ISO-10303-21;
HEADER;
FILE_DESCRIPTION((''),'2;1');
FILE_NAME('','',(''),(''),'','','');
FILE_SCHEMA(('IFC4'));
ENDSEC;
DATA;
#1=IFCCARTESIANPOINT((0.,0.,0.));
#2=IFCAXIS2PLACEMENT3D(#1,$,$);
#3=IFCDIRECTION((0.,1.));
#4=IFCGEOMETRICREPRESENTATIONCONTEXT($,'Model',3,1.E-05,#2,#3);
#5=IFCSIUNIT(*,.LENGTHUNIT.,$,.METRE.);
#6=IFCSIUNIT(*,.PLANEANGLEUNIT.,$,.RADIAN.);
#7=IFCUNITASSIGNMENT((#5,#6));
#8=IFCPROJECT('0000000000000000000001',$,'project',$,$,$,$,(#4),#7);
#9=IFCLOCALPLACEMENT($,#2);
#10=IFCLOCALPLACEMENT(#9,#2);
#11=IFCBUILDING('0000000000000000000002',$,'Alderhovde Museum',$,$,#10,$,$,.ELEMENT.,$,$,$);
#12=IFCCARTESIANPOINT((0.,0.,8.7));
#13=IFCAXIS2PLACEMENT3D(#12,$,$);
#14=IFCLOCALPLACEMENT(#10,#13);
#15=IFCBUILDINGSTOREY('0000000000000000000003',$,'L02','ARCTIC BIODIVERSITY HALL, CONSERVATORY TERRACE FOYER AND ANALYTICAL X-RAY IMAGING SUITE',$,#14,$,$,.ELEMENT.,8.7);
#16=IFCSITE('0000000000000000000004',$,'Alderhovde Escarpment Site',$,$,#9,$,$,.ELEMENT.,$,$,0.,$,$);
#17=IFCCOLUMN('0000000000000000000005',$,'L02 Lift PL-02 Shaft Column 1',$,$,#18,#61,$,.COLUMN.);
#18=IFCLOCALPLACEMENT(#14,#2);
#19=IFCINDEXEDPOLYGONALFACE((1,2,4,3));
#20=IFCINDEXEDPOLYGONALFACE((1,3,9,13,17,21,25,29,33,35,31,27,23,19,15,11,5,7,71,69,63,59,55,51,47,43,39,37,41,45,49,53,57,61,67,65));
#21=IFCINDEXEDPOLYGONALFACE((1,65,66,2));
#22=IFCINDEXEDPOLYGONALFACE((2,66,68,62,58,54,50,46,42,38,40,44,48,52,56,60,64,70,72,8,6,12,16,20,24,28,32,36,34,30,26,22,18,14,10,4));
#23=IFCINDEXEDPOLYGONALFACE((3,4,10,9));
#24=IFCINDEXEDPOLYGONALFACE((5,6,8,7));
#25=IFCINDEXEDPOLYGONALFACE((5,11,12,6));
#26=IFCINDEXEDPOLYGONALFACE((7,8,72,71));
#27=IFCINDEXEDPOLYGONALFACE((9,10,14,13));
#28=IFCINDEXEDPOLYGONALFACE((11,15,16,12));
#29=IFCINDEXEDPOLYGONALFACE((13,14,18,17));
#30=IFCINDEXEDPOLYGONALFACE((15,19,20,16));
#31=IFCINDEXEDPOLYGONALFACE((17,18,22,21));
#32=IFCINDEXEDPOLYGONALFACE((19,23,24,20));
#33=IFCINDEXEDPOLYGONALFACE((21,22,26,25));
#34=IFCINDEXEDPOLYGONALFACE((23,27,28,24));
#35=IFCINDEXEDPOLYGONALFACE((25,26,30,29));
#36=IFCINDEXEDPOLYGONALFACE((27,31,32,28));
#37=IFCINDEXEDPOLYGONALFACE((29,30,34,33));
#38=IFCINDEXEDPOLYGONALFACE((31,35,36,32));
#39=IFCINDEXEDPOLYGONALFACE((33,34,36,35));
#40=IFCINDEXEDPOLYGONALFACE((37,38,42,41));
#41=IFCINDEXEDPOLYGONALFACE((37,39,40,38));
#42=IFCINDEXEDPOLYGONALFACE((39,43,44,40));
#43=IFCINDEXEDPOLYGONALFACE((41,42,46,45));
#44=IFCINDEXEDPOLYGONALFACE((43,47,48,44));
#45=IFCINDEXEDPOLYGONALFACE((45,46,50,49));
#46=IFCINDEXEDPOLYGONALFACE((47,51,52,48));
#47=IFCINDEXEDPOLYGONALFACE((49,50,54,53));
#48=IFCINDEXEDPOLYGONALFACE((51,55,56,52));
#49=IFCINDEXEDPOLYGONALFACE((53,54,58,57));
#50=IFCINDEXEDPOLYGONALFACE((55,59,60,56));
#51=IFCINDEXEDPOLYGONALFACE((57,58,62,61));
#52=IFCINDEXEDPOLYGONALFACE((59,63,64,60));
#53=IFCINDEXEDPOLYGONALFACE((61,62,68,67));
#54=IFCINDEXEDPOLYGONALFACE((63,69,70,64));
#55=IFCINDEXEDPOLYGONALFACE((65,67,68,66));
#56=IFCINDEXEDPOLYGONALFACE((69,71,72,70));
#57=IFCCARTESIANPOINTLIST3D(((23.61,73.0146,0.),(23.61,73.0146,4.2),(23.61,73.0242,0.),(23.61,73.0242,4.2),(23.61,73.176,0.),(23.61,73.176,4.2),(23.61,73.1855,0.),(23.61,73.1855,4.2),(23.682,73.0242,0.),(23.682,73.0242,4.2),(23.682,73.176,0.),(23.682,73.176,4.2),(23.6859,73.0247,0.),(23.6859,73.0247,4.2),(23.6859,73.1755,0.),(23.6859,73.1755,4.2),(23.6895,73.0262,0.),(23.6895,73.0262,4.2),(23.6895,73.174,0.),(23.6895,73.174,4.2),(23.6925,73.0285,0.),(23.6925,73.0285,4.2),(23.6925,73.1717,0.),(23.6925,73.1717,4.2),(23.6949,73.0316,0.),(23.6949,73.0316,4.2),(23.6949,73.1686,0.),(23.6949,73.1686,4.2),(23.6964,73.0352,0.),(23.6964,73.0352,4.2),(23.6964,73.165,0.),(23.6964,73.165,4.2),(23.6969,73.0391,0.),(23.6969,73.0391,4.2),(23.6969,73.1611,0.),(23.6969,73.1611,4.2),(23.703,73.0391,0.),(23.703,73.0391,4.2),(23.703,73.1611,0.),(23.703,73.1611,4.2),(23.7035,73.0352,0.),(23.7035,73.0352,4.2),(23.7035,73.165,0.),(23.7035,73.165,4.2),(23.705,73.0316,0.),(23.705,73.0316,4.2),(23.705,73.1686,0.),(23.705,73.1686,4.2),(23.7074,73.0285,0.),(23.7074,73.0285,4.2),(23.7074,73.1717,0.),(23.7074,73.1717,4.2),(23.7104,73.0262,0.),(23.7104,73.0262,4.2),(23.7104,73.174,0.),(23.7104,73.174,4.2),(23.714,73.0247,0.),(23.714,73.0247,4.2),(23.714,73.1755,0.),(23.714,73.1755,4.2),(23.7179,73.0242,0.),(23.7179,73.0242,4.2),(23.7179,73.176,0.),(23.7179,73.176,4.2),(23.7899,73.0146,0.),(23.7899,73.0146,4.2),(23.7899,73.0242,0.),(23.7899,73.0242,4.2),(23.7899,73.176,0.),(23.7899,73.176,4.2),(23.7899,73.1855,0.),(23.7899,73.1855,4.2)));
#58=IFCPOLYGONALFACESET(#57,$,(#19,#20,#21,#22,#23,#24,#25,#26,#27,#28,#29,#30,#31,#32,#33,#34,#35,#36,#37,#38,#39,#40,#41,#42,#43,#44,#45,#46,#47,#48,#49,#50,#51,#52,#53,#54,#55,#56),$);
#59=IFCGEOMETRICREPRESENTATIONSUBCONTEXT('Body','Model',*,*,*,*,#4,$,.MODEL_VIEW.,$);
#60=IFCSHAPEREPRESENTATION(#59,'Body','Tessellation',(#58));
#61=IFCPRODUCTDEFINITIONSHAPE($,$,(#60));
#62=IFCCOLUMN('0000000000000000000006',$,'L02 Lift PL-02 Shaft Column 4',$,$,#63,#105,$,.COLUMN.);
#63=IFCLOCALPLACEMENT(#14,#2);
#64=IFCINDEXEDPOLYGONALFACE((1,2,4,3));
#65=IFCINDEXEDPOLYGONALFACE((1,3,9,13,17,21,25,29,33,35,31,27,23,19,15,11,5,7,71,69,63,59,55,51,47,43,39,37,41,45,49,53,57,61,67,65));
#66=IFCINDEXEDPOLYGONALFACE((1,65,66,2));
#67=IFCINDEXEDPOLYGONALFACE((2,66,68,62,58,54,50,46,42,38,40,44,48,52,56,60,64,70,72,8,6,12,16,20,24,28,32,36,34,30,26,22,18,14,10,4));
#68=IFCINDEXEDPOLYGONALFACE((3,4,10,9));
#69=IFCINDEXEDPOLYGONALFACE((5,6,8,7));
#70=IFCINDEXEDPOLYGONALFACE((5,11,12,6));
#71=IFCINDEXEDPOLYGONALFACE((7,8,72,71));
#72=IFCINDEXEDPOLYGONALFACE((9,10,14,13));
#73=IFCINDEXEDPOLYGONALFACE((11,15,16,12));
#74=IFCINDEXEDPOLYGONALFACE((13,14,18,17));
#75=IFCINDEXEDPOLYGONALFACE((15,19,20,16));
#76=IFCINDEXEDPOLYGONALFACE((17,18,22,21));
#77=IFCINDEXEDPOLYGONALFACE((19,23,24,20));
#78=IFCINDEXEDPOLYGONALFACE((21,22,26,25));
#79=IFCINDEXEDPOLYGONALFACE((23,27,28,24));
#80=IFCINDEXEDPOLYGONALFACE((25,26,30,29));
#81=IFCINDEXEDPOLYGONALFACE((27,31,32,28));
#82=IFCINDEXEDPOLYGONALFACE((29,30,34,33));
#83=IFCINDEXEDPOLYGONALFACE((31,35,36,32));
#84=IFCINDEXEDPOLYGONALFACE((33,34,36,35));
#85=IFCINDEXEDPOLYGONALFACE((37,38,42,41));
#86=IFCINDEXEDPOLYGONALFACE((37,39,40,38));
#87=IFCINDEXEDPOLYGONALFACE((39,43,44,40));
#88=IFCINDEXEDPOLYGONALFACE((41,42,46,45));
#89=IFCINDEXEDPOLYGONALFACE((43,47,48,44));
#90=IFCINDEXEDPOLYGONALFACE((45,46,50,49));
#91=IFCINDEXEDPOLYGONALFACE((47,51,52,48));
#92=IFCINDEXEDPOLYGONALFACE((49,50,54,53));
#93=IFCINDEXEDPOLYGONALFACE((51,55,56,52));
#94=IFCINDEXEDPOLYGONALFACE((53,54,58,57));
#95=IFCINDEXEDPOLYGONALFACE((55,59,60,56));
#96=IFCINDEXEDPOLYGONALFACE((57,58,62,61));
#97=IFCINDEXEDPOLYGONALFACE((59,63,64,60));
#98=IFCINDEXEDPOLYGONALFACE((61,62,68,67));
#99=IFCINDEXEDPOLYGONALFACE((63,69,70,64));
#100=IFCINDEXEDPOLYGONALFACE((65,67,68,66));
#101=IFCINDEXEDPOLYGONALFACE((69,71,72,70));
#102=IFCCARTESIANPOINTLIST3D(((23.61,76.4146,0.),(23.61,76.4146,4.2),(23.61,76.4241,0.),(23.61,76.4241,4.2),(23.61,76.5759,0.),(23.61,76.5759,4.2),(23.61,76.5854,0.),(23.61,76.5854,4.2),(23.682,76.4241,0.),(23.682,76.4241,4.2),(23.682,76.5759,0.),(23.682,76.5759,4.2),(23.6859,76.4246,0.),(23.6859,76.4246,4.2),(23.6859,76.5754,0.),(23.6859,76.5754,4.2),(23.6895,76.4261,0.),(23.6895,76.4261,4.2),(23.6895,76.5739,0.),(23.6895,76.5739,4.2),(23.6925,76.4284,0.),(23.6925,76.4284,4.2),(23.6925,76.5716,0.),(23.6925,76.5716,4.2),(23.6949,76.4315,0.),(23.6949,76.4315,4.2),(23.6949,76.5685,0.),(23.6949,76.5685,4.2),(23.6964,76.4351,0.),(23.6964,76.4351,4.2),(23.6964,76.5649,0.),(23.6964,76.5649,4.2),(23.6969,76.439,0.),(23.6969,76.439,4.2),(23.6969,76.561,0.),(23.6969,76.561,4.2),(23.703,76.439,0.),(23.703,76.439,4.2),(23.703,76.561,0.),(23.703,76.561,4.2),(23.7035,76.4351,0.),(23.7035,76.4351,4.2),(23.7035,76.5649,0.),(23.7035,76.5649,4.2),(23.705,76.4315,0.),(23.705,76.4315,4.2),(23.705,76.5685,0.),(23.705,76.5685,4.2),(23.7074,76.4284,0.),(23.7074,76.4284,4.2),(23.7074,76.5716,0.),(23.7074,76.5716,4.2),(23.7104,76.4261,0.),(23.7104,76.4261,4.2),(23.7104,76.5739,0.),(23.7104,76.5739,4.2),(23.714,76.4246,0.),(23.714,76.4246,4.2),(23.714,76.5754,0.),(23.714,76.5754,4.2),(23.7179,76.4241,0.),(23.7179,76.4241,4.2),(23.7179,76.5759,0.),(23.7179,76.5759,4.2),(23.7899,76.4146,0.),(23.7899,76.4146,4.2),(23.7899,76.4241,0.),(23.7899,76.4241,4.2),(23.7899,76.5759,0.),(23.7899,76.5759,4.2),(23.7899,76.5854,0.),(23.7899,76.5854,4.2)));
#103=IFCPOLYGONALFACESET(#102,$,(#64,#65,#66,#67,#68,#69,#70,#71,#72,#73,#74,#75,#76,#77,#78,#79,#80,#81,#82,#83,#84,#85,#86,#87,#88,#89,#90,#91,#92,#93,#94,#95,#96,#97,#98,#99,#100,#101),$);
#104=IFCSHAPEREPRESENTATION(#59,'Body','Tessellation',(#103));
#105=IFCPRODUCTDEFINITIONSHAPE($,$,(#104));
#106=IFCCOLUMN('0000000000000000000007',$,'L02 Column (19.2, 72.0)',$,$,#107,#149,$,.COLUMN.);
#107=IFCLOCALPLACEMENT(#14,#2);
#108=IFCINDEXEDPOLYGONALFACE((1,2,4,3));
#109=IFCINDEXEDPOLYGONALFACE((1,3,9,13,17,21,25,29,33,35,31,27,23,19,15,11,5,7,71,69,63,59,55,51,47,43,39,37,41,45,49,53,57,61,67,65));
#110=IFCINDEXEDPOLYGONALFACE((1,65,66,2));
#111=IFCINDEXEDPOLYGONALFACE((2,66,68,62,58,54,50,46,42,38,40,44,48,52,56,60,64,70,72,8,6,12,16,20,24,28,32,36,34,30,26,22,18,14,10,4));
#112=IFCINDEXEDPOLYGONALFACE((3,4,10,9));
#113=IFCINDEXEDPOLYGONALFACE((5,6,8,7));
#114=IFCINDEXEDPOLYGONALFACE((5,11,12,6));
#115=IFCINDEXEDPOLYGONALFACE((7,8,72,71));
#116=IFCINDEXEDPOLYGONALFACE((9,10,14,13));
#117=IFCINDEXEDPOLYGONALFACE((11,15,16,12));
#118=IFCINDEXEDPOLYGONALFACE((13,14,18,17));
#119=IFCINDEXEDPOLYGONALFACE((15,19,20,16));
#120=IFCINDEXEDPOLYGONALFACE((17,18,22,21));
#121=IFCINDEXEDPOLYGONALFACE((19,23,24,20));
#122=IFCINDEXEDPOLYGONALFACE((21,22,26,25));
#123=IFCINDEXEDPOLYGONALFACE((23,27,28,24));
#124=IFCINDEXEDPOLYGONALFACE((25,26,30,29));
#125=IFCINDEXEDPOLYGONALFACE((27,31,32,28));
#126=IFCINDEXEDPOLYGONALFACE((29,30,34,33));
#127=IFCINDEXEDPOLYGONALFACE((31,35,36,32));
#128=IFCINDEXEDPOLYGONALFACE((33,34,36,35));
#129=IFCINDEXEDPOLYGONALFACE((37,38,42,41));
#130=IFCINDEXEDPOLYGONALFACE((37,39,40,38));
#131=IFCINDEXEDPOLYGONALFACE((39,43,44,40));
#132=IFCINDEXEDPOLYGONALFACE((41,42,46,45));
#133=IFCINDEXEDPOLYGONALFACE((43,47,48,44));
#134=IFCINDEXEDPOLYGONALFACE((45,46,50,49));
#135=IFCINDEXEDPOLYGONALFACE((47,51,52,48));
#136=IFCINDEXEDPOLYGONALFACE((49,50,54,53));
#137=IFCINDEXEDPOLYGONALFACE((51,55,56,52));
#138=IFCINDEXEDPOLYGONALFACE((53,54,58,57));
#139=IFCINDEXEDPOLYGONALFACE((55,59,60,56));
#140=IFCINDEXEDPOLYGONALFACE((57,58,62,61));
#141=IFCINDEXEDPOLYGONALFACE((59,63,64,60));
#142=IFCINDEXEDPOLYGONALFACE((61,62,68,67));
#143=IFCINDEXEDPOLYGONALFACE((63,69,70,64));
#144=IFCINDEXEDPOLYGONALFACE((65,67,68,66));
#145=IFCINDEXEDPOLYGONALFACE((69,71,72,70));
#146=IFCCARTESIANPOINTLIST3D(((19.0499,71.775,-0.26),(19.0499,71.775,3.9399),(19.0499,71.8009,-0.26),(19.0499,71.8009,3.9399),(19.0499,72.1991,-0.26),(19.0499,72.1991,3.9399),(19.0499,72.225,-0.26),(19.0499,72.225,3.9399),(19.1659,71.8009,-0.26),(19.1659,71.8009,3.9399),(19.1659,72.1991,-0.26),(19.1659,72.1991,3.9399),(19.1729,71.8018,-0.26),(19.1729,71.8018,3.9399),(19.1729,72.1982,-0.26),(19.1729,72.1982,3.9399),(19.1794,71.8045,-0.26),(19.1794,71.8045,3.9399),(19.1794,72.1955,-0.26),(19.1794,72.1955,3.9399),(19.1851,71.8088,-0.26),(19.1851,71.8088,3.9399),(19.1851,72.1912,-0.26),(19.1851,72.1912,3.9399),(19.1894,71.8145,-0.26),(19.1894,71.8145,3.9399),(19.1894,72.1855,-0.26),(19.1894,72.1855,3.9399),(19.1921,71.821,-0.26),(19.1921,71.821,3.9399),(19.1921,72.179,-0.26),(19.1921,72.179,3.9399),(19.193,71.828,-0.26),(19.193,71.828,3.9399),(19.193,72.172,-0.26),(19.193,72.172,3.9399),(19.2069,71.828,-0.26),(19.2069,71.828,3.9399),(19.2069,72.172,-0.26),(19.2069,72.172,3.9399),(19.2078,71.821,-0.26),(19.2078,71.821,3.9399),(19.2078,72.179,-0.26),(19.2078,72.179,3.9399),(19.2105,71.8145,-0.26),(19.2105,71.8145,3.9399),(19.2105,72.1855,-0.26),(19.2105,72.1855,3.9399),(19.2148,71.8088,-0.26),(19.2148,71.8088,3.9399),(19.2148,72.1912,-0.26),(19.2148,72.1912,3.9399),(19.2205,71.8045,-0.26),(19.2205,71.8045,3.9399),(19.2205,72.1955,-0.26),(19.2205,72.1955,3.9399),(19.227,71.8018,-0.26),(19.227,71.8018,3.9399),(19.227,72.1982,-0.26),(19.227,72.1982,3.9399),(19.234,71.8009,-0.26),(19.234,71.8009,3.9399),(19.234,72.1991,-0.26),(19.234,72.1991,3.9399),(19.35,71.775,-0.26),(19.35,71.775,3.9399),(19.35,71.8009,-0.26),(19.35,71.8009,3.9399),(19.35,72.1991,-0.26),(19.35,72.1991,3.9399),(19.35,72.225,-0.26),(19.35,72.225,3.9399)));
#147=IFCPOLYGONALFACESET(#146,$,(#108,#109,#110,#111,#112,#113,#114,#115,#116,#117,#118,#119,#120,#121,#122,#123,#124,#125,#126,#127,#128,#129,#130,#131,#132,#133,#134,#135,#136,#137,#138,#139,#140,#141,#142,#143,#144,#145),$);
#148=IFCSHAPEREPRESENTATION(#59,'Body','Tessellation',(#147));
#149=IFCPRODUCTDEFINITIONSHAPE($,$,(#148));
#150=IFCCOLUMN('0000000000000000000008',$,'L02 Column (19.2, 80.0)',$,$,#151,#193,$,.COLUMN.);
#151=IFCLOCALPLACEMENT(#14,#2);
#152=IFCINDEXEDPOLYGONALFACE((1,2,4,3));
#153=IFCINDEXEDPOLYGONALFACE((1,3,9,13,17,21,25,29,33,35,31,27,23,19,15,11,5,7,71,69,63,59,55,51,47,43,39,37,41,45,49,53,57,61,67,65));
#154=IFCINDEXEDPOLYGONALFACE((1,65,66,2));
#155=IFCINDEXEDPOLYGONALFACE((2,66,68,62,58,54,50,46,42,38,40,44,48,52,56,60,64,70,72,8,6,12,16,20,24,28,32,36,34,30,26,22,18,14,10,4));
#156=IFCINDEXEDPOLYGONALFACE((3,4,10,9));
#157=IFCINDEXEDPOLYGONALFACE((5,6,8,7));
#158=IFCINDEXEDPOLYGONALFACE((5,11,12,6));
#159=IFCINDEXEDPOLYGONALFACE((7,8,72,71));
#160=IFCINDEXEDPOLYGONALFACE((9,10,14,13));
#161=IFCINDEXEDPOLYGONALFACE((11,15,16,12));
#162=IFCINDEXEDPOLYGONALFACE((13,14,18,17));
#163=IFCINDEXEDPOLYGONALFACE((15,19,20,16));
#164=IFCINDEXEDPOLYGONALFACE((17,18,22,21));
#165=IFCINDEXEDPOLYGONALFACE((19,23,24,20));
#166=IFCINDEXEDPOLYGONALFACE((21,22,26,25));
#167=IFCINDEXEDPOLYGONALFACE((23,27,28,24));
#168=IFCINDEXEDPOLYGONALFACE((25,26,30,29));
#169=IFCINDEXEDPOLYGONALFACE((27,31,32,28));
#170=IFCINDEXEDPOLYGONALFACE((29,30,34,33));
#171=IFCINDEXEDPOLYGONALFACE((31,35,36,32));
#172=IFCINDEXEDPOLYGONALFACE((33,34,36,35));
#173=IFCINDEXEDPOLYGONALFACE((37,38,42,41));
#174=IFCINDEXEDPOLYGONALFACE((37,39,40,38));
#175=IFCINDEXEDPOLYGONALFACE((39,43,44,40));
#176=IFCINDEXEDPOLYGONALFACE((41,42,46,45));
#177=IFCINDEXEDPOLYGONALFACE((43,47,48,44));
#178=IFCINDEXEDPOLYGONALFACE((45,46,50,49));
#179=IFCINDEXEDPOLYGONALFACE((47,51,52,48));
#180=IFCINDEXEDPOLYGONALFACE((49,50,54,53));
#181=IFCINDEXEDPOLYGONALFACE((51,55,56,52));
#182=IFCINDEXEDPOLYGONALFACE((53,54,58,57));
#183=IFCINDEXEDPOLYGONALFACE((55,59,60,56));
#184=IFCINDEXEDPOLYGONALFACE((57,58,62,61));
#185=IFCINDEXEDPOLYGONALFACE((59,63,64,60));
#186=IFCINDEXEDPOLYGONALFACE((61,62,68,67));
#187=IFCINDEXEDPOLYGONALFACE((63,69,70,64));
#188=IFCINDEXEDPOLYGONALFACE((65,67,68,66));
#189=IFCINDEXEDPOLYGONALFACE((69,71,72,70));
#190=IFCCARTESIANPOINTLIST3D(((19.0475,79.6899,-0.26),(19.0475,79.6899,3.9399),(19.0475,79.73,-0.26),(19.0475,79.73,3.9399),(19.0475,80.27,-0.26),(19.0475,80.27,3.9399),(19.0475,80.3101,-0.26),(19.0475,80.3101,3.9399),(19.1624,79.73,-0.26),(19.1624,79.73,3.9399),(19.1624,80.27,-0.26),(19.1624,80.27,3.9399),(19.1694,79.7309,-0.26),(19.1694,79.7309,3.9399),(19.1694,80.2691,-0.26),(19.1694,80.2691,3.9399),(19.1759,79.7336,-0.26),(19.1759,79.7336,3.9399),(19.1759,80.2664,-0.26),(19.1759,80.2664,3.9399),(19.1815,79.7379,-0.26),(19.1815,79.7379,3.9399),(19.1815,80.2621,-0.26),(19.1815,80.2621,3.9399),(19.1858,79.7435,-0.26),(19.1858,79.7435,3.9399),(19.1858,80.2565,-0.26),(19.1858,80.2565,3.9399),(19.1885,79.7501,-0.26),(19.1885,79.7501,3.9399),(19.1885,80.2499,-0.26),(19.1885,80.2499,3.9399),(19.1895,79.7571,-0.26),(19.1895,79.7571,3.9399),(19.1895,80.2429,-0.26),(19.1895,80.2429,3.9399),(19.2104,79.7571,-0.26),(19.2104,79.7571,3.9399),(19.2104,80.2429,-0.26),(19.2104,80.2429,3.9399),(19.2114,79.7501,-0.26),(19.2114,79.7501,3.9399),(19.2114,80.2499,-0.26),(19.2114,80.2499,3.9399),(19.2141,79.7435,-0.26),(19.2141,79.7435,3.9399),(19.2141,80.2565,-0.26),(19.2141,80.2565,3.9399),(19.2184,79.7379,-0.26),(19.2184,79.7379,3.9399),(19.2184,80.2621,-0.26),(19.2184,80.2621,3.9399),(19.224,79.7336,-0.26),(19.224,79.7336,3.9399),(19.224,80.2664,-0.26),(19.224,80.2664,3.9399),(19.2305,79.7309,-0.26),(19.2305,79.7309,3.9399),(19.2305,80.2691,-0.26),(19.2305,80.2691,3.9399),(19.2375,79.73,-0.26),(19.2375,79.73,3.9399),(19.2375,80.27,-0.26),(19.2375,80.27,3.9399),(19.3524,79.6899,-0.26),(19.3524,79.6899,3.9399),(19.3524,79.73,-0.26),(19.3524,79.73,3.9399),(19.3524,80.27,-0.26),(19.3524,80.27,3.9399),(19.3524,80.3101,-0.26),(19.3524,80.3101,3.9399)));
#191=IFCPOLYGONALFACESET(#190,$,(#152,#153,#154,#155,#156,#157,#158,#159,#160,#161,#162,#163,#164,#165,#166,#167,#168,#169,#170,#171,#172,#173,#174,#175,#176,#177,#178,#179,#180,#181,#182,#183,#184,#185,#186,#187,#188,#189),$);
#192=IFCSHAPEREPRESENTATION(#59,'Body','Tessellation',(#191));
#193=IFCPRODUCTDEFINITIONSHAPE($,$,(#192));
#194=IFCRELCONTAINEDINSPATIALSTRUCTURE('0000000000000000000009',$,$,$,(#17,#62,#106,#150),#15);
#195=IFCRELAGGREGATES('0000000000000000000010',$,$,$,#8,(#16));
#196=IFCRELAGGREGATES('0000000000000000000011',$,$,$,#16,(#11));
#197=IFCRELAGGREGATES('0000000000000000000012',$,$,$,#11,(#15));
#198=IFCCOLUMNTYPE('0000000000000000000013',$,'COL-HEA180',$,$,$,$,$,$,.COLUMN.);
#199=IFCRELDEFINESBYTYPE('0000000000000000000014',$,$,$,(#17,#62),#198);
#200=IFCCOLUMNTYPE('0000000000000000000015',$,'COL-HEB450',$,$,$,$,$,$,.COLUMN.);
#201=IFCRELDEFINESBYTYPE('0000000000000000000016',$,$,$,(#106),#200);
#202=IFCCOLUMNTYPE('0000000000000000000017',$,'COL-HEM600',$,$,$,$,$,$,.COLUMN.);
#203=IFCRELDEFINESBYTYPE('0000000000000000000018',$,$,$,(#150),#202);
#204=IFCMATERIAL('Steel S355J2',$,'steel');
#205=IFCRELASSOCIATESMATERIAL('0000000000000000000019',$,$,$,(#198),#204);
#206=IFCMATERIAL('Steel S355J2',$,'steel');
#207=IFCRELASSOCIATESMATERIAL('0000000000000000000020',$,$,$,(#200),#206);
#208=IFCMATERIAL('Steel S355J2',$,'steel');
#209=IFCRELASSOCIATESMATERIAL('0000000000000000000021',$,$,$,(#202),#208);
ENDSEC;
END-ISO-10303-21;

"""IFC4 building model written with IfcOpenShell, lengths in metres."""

from ifc_helpers import new_model, si_unit, direction, frame, origin, origin_2d, place, context, subcontext, project, spatial, i_section, extrude, material, material_profile, profile_set, type_object, element, save


model = new_model("IFC4")

# Units and contexts
model_context = context("Model", 3, precision=1e-05, world=origin(), true_north=direction((0.0, 1.0)))
body_context = subcontext(model_context, "Body", "Model", "MODEL_VIEW")
ifc_project = project(units=[si_unit("LENGTHUNIT", "METRE"), si_unit("PLANEANGLEUNIT", "RADIAN")], contexts=[model_context])

# Site, building, storey
site_placement = place(None, origin())
site = spatial("IfcSite", under=ifc_project, at=site_placement, Name="Alderhovde Escarpment Site", CompositionType="ELEMENT", RefElevation=0.0)
building_placement = place(site_placement, origin())
building = spatial("IfcBuilding", under=site, at=building_placement, Name="Alderhovde Museum", CompositionType="ELEMENT")
storey_placement = place(building_placement, frame((0.0, 0.0, 8.7)))
storey = spatial("IfcBuildingStorey", under=building, at=storey_placement, Name="L02", Description="ARCTIC BIODIVERSITY HALL, CONSERVATORY TERRACE FOYER AND ANALYTICAL X-RAY IMAGING SUITE", CompositionType="ELEMENT", Elevation=8.7)

# Columns
ifc_material_1 = material(Name="Steel S355J2", Category="steel")
ifc_material_profile_1 = material_profile(ifc_material_1, i_section(OverallWidth=0.1799, OverallDepth=0.1709, WebThickness=0.0061, FlangeThickness=0.0095, FilletRadius=0.0149, at=origin_2d()), Name="HEA 180")
ifc_profile_set_1 = profile_set([ifc_material_profile_1], Name="Steel S355J2")
column_type_1 = type_object("IfcColumnType", Name="COL-HEA180", PredefinedType="COLUMN", material=ifc_profile_set_1)
for number, where, z_axis, x_axis, name in (
    (1, (23.7, 73.1001, 0.0), (0.0, 0.0, 1.0), (1.0, 0.0, 0.0), "L02 Lift PL-02 Shaft Column 1"),
    (2, (23.7, 76.5, 0.0), (0.0, 0.0, 1.0), (1.0, 0.0, 0.0), "L02 Lift PL-02 Shaft Column 4"),
):
    element("IfcColumn", number, at=place(storey_placement, frame(where, z_axis=z_axis, x_axis=x_axis)), inside=storey, type_object=column_type_1, Name=name, PredefinedType="COLUMN", context=body_context, shape_type="SweptSolid", body=[
        extrude(i_section(OverallWidth=0.1799, OverallDepth=0.1709, WebThickness=0.0061, FlangeThickness=0.0095, FilletRadius=0.0149, at=origin_2d()), origin(), (0.0, 0.0, 1.0), 4.2),
    ])
ifc_material_2 = material(Name="Steel S355J2", Category="steel")
ifc_material_profile_2 = material_profile(ifc_material_2, i_section(OverallWidth=0.3, OverallDepth=0.45, WebThickness=0.0139, FlangeThickness=0.0259, FilletRadius=0.0271, at=origin_2d()), Name="HEB 450")
ifc_profile_set_2 = profile_set([ifc_material_profile_2], Name="Steel S355J2")
column_type_2 = type_object("IfcColumnType", Name="COL-HEB450", PredefinedType="COLUMN", material=ifc_profile_set_2)
column_1_placement = place(storey_placement, frame((19.2, 72.0, -0.26), z_axis=(0.0, 0.0, 1.0), x_axis=(1.0, 0.0, 0.0)))
element("IfcColumn", 3, at=column_1_placement, inside=storey, type_object=column_type_2, Name="L02 Column (19.2, 72.0)", PredefinedType="COLUMN", context=body_context, shape_type="SweptSolid", body=[
    extrude(i_section(OverallWidth=0.3, OverallDepth=0.45, WebThickness=0.0139, FlangeThickness=0.0259, FilletRadius=0.0271, at=origin_2d()), origin(), (0.0, 0.0, 1.0), 4.2),
])
ifc_material_3 = material(Name="Steel S355J2", Category="steel")
ifc_material_profile_3 = material_profile(ifc_material_3, i_section(OverallWidth=0.3049, OverallDepth=0.6201, WebThickness=0.021, FlangeThickness=0.04, FilletRadius=0.0271, at=origin_2d()), Name="HEM 600")
ifc_profile_set_3 = profile_set([ifc_material_profile_3], Name="Steel S355J2")
column_type_3 = type_object("IfcColumnType", Name="COL-HEM600", PredefinedType="COLUMN", material=ifc_profile_set_3)
column_2_placement = place(storey_placement, frame((19.2, 80.0, -0.26), z_axis=(0.0, 0.0, 1.0), x_axis=(1.0, 0.0, 0.0)))
element("IfcColumn", 4, at=column_2_placement, inside=storey, type_object=column_type_3, Name="L02 Column (19.2, 80.0)", PredefinedType="COLUMN", context=body_context, shape_type="SweptSolid", body=[
    extrude(i_section(OverallWidth=0.3049, OverallDepth=0.6201, WebThickness=0.021, FlangeThickness=0.04, FilletRadius=0.0271, at=origin_2d()), origin(), (0.0, 0.0, 1.0), 4.2),
])

save(model, "model.ifc")
